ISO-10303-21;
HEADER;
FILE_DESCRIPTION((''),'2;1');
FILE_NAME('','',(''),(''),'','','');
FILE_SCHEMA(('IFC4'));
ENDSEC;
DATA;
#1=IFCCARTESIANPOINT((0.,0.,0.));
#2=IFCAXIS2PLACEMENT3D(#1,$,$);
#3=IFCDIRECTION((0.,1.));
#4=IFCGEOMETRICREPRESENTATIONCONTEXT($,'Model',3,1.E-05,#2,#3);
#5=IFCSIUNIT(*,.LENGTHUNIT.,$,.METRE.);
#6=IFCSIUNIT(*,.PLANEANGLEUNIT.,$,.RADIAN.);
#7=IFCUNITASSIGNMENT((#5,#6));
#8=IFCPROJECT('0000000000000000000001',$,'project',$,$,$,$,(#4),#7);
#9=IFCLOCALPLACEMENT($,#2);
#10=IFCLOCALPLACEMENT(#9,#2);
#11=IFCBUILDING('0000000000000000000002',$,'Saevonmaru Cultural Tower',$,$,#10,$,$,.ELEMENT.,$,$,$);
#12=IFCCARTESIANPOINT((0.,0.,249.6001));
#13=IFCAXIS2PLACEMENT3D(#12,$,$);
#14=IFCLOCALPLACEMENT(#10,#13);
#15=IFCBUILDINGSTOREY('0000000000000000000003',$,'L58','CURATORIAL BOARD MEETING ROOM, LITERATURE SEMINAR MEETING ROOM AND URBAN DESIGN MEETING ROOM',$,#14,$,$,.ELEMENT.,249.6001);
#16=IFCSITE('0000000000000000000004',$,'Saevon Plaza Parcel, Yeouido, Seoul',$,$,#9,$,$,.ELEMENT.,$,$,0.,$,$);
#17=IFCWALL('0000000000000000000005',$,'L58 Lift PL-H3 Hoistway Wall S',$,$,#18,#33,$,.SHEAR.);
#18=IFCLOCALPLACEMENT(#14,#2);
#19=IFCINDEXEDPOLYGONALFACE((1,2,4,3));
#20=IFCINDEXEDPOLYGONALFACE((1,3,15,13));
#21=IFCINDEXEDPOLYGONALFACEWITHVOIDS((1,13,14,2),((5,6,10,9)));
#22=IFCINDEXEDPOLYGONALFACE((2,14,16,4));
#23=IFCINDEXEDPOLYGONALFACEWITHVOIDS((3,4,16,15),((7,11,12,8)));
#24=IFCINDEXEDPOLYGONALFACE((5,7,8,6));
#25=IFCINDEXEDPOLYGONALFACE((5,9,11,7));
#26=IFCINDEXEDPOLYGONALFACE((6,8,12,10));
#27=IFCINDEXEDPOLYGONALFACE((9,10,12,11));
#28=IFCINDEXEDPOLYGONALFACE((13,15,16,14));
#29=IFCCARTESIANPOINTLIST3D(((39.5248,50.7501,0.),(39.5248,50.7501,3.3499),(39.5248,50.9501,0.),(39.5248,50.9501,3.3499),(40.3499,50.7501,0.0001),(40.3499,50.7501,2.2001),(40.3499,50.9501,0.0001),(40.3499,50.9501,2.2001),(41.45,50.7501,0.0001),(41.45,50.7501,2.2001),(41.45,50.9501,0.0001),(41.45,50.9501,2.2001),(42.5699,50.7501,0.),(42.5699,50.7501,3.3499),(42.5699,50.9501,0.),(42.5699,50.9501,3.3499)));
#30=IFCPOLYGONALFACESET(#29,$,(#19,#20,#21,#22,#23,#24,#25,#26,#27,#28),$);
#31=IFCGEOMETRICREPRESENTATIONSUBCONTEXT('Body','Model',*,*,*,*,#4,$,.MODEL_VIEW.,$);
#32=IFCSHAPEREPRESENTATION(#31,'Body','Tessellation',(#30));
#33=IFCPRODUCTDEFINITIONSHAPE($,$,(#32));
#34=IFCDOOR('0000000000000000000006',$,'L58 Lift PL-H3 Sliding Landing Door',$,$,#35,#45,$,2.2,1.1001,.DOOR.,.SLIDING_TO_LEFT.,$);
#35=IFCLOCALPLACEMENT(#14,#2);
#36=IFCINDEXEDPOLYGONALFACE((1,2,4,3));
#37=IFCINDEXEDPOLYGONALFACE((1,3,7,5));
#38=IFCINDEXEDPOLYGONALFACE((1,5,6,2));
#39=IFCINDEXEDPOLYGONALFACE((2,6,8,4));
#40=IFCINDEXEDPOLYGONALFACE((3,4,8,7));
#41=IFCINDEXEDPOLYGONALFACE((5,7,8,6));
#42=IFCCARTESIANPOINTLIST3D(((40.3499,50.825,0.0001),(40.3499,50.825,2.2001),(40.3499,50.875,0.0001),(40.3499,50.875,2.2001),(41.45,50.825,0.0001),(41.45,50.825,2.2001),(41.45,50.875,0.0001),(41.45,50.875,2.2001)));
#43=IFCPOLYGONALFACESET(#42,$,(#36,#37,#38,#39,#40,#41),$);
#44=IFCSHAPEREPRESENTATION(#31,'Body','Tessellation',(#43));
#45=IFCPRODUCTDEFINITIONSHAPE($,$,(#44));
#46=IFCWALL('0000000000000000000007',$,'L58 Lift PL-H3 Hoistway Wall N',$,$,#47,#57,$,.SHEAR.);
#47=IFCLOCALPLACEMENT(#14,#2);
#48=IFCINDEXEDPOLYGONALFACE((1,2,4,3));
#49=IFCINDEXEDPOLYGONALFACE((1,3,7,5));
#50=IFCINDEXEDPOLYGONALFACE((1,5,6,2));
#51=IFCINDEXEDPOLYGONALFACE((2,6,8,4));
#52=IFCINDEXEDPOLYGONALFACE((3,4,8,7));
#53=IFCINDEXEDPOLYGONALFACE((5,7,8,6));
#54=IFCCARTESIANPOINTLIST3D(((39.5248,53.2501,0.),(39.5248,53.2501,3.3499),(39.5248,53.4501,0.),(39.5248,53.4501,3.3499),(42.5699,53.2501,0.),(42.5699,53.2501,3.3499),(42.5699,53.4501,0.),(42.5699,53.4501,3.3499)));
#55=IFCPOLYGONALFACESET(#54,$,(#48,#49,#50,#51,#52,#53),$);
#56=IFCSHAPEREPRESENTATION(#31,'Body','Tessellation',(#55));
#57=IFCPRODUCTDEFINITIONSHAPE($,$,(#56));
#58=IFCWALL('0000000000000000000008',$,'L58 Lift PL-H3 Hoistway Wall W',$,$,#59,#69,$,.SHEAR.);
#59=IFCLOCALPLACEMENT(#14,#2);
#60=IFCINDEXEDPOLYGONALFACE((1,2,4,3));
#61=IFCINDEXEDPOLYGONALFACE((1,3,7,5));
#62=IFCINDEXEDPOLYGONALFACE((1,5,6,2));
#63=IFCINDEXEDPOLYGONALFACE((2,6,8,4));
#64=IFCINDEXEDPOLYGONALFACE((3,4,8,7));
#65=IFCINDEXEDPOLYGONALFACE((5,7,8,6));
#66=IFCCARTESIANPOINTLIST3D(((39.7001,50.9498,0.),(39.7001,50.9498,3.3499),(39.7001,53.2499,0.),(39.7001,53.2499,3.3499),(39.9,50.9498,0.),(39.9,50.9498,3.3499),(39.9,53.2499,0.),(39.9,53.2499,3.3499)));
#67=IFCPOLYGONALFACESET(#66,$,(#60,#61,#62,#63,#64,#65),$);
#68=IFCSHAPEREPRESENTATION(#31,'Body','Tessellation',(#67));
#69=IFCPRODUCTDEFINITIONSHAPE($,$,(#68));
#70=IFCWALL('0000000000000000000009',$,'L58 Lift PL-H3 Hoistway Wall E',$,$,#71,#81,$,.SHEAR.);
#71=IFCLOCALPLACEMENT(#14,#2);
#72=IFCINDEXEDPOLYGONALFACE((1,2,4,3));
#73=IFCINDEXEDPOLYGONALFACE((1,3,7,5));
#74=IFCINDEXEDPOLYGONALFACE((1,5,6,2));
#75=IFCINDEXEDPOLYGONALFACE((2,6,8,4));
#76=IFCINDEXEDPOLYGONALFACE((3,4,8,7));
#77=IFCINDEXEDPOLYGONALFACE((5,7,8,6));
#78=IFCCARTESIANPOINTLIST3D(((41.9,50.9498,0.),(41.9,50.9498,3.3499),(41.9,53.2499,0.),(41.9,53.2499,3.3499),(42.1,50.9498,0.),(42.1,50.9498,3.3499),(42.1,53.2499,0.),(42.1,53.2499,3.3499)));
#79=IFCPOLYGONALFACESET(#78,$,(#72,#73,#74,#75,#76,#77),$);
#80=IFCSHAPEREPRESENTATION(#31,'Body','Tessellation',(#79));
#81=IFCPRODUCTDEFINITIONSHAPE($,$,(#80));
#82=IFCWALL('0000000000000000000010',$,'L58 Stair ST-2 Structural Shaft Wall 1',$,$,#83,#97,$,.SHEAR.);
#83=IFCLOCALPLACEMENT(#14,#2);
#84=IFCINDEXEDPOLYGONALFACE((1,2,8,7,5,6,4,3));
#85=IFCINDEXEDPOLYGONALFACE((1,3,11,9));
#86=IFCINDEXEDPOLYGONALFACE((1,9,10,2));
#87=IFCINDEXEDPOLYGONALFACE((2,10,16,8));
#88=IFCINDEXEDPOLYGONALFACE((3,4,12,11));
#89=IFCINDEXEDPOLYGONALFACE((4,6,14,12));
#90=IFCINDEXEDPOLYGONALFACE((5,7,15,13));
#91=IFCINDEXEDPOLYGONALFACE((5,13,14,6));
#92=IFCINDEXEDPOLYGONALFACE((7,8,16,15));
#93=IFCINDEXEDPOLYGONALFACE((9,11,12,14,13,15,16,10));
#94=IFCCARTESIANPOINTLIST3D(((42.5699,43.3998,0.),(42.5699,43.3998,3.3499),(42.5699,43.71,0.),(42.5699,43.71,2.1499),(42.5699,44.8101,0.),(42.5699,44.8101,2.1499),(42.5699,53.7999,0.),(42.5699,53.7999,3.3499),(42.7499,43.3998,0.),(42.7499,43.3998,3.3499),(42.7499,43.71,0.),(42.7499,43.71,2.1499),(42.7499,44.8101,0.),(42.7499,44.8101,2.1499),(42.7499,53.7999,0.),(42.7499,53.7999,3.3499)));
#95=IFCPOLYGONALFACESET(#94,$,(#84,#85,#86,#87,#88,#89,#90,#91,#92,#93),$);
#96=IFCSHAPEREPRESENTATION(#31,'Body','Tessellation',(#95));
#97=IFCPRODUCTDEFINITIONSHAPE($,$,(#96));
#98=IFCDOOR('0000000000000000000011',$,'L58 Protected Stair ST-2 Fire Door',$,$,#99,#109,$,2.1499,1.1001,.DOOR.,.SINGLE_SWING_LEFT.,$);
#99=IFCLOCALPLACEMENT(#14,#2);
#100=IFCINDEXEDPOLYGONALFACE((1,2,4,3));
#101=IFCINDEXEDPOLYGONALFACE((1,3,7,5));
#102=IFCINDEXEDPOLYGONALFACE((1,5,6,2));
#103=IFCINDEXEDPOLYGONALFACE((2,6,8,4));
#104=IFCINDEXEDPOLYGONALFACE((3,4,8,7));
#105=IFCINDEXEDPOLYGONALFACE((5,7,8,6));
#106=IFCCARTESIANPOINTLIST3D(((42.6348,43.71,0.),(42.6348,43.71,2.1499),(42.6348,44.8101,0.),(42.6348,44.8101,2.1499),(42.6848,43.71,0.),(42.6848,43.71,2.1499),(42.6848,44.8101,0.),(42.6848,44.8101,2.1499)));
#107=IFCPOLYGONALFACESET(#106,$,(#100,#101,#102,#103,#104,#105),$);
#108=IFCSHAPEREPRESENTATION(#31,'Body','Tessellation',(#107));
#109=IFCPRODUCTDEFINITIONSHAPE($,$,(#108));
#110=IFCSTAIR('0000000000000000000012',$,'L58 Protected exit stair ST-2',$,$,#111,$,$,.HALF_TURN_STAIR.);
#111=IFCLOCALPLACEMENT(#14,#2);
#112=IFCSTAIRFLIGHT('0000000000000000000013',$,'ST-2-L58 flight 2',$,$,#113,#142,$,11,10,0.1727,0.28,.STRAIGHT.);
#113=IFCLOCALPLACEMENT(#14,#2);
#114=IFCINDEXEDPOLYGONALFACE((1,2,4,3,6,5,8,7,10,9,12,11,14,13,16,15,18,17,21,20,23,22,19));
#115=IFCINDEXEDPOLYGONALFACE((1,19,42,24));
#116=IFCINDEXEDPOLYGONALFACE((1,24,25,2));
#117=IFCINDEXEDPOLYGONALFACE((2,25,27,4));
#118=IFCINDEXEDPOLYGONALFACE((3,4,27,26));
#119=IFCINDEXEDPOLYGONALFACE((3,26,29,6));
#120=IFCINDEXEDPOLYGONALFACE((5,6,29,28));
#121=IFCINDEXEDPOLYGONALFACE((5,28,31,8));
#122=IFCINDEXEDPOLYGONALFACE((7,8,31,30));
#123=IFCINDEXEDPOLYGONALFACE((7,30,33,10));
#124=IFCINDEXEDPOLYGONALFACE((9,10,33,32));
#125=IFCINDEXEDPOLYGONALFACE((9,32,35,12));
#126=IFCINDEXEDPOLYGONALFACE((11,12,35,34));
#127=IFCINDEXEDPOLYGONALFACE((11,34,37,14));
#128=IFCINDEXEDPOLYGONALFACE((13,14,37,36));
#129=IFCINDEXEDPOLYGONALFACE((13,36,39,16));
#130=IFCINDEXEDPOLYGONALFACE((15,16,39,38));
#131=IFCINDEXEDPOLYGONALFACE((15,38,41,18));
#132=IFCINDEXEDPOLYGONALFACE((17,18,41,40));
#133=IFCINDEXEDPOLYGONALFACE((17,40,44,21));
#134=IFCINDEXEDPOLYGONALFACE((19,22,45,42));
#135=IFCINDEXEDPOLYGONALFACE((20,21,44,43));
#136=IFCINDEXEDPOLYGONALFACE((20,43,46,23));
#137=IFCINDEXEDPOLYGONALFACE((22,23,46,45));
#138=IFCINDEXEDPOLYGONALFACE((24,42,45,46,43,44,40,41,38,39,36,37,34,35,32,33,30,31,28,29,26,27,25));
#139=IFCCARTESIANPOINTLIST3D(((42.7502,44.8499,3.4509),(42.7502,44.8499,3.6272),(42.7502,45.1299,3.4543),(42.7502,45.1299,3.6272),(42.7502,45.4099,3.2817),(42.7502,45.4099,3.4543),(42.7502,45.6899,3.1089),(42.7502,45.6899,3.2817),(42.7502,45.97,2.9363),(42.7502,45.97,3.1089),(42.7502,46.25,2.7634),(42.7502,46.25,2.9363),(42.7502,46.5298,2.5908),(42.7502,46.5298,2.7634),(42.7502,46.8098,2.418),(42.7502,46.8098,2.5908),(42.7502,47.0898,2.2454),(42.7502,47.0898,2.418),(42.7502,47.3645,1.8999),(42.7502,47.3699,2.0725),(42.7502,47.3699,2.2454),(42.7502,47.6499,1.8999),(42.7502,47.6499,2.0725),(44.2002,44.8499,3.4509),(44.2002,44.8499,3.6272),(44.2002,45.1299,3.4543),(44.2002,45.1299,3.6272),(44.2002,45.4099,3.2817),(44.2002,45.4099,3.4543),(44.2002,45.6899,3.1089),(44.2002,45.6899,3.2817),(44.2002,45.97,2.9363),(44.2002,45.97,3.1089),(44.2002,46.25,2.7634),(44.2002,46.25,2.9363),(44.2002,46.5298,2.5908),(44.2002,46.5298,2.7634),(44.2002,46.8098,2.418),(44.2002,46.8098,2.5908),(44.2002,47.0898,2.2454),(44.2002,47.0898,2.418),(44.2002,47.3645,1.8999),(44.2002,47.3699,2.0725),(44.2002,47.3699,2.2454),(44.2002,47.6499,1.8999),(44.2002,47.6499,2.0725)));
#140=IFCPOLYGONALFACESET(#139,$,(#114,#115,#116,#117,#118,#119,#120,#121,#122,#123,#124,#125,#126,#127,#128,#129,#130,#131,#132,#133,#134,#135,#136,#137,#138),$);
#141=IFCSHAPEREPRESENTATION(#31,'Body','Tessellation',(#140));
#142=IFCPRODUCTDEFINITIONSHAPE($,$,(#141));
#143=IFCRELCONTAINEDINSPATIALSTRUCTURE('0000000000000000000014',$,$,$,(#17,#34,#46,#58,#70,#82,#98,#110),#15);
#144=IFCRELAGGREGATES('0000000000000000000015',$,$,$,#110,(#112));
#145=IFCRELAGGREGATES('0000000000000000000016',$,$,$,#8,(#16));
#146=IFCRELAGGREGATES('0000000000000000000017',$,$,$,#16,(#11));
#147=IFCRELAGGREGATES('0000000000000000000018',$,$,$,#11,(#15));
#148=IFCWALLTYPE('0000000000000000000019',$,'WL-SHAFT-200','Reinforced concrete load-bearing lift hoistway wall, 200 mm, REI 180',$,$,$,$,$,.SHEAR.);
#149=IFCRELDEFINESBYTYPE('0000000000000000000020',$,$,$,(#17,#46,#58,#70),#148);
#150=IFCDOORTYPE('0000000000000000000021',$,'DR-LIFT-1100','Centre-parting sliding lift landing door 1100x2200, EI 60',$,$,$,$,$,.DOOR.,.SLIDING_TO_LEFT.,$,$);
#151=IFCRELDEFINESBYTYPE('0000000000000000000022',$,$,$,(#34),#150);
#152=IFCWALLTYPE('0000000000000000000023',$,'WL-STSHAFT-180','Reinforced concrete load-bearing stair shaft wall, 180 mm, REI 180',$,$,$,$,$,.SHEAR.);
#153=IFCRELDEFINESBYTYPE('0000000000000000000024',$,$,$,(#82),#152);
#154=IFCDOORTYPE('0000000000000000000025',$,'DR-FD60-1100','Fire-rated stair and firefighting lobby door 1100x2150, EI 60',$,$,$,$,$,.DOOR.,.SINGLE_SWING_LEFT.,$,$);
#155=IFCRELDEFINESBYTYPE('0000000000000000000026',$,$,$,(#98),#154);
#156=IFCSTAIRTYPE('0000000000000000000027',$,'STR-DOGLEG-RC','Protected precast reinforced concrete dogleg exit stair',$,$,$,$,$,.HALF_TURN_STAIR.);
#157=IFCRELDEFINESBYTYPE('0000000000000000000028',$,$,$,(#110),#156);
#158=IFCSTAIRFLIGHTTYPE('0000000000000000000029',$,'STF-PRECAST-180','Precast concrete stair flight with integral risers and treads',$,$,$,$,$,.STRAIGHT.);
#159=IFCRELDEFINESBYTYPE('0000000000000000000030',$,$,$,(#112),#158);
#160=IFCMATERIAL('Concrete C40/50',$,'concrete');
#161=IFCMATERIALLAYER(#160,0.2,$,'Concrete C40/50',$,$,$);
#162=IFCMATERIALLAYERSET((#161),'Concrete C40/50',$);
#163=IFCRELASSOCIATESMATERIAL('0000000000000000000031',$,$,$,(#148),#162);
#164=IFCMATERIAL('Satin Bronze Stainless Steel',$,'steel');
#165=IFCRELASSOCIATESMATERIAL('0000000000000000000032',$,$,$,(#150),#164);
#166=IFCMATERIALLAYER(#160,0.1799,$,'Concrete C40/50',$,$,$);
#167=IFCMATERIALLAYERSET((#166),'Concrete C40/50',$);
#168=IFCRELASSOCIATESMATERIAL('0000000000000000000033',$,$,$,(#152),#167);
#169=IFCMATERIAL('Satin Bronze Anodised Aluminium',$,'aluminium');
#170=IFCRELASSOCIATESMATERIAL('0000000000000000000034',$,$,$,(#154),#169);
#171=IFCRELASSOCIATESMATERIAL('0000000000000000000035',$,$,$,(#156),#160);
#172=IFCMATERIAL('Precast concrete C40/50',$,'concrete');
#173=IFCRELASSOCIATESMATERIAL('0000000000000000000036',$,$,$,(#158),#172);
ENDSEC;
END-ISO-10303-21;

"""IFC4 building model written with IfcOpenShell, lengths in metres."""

from ifc_helpers import new_model, si_unit, direction, frame, frame_2d, origin, place, context, subcontext, project, spatial, polyline, rectangle, outline, extrude, material, layer, layer_set, type_object, element, fill, aggregate, save


model = new_model("IFC4")

# Units and contexts
model_context = context("Model", 3, precision=1e-05, world=origin(), true_north=direction((0.0, 1.0)))
body_context = subcontext(model_context, "Body", "Model", "MODEL_VIEW")
ifc_project = project(units=[si_unit("LENGTHUNIT", "METRE"), si_unit("PLANEANGLEUNIT", "RADIAN")], contexts=[model_context])

# Site, building, storey
site_placement = place(None, origin())
site = spatial("IfcSite", under=ifc_project, at=site_placement, Name="Saevon Plaza Parcel, Yeouido, Seoul", CompositionType="ELEMENT", RefElevation=0.0)
building_placement = place(site_placement, origin())
building = spatial("IfcBuilding", under=site, at=building_placement, Name="Saevonmaru Cultural Tower", CompositionType="ELEMENT")
storey_placement = place(building_placement, frame((0.0, 0.0, 249.6001)))
storey = spatial("IfcBuildingStorey", under=building, at=storey_placement, Name="L58", Description="CURATORIAL BOARD MEETING ROOM, LITERATURE SEMINAR MEETING ROOM AND URBAN DESIGN MEETING ROOM", CompositionType="ELEMENT", Elevation=249.6001)

# Shared definitions
ifc_material_1 = material(Name="Satin Bronze Anodised Aluminium", Category="aluminium")

# Shared definitions
ifc_material_2 = material(Name="Concrete C40/50", Category="concrete")
ifc_layer_1 = layer(ifc_material_2, 0.2, Name="Concrete C40/50")
ifc_layer_set_1 = layer_set([ifc_layer_1], Name="Concrete C40/50")
wall_type_1 = type_object("IfcWallType", Name="WL-SHAFT-200", Description="Reinforced concrete load-bearing lift hoistway wall, 200 mm, REI 180", PredefinedType="SHEAR", material=ifc_layer_set_1)

# Shared definitions
ifc_material_3 = material(Name="Satin Bronze Stainless Steel", Category="steel")
door_type_1 = type_object("IfcDoorType", Name="DR-LIFT-1100", Description="Centre-parting sliding lift landing door 1100x2200, EI 60", OperationType="SLIDING_TO_LEFT", PredefinedType="DOOR", material=ifc_material_3)

# Wall, opening, door
wall_1_placement = place(storey_placement, frame((39.5249, 50.8501, 0.0), z_axis=(0.0, 0.0, 1.0), x_axis=(1.0, 0.0, 0.0)))
wall_1 = element("IfcWall", 1, at=wall_1_placement, inside=storey, type_object=wall_type_1, Name="L58 Lift PL-H3 Hoistway Wall S", PredefinedType="SHEAR", context=body_context, shape_type="SweptSolid", body=[
    extrude(rectangle(XDim=3.0452, YDim=0.2, at=frame_2d((1.5225, 0.0))), origin(), (0.0, 0.0, 1.0), 3.3499),
])
opening_1_placement = place(wall_1_placement, frame((0.825, 0.0, 0.0)))
opening_1 = element("IfcOpeningElement", 2, at=opening_1_placement, cuts=wall_1, PredefinedType="OPENING", context=body_context, shape_type="SweptSolid", body=[
    extrude(rectangle(XDim=1.1001, YDim=2.2, at=frame_2d((0.55, 1.1001))), frame((0.0, 0.1099, 0.0), z_axis=(0.0, -1.0, 0.0), x_axis=(1.0, 0.0, 0.0)), (0.0, 0.0, 1.0), 0.22),
])
door_1_placement = place(opening_1_placement, origin())
door_1 = element("IfcDoor", 3, at=door_1_placement, inside=storey, type_object=door_type_1, Name="L58 Lift PL-H3 Sliding Landing Door", OperationType="SLIDING_TO_LEFT", OverallHeight=2.2, OverallWidth=1.1001, PredefinedType="DOOR", context=body_context, shape_type="SweptSolid", body=[
    extrude(rectangle(XDim=1.1001, YDim=2.2, at=frame_2d((0.55, 1.1001))), frame((0.0, 0.0249, 0.0), z_axis=(0.0, -1.0, 0.0), x_axis=(1.0, 0.0, 0.0)), (0.0, 0.0, 1.0), 0.05),
])
fill(opening_1, door_1)

# Walls
wall_2_placement = place(storey_placement, frame((39.5249, 53.3501, 0.0), z_axis=(0.0, 0.0, 1.0), x_axis=(1.0, 0.0, 0.0)))
element("IfcWall", 4, at=wall_2_placement, inside=storey, type_object=wall_type_1, Name="L58 Lift PL-H3 Hoistway Wall N", PredefinedType="SHEAR", context=body_context, shape_type="SweptSolid", body=[
    extrude(rectangle(XDim=3.0452, YDim=0.2, at=frame_2d((1.5225, 0.0))), origin(), (0.0, 0.0, 1.0), 3.3499),
])
for number, where, z_axis, x_axis, name in (
    (5, (39.8, 50.95, 0.0), (0.0, 0.0, 1.0), (0.0, 1.0, 0.0), "L58 Lift PL-H3 Hoistway Wall W"),
    (6, (42.0, 50.95, 0.0), (0.0, 0.0, 1.0), (0.0, 1.0, 0.0), "L58 Lift PL-H3 Hoistway Wall E"),
):
    element("IfcWall", number, at=place(storey_placement, frame(where, z_axis=z_axis, x_axis=x_axis)), inside=storey, type_object=wall_type_1, Name=name, PredefinedType="SHEAR", context=body_context, shape_type="SweptSolid", body=[
        extrude(rectangle(XDim=2.3, YDim=0.2, at=frame_2d((1.1499, 0.0))), origin(), (0.0, 0.0, 1.0), 3.3499),
    ])

# Wall, opening, door
ifc_layer_2 = layer(ifc_material_2, 0.1799, Name="Concrete C40/50")
ifc_layer_set_2 = layer_set([ifc_layer_2], Name="Concrete C40/50")
wall_type_2 = type_object("IfcWallType", Name="WL-STSHAFT-180", Description="Reinforced concrete load-bearing stair shaft wall, 180 mm, REI 180", PredefinedType="SHEAR", material=ifc_layer_set_2)
wall_3_placement = place(storey_placement, frame((42.6599, 53.8, 0.0), z_axis=(0.0, 0.0, 1.0), x_axis=(0.0, -1.0, 0.0)))
wall_3 = element("IfcWall", 7, at=wall_3_placement, inside=storey, type_object=wall_type_2, Name="L58 Stair ST-2 Structural Shaft Wall 1", PredefinedType="SHEAR", context=body_context, shape_type="SweptSolid", body=[
    extrude(rectangle(XDim=10.4001, YDim=0.1799, at=frame_2d((5.2002, 0.0))), origin(), (0.0, 0.0, 1.0), 3.3499),
])
opening_2_placement = place(wall_3_placement, frame((8.99, 0.0, 0.0)))
opening_2 = element("IfcOpeningElement", 8, at=opening_2_placement, cuts=wall_3, PredefinedType="OPENING", context=body_context, shape_type="SweptSolid", body=[
    extrude(rectangle(XDim=1.1001, YDim=2.1499, at=frame_2d((0.55, 1.075))), frame((0.0, 0.1001, 0.0), z_axis=(0.0, -1.0, 0.0), x_axis=(1.0, 0.0, 0.0)), (0.0, 0.0, 1.0), 0.2),
])
door_type_2 = type_object("IfcDoorType", Name="DR-FD60-1100", Description="Fire-rated stair and firefighting lobby door 1100x2150, EI 60", OperationType="SINGLE_SWING_LEFT", PredefinedType="DOOR", material=ifc_material_1)
door_2_placement = place(opening_2_placement, origin())
door_2 = element("IfcDoor", 9, at=door_2_placement, inside=storey, type_object=door_type_2, Name="L58 Protected Stair ST-2 Fire Door", OperationType="SINGLE_SWING_LEFT", OverallHeight=2.1499, OverallWidth=1.1001, PredefinedType="DOOR", context=body_context, shape_type="SweptSolid", body=[
    extrude(rectangle(XDim=1.1001, YDim=2.1499, at=frame_2d((0.55, 1.075))), frame((0.0, 0.0249, 0.0), z_axis=(0.0, -1.0, 0.0), x_axis=(1.0, 0.0, 0.0)), (0.0, 0.0, 1.0), 0.05),
])
fill(opening_2, door_2)

# Stair, stair flight
stair_type = type_object("IfcStairType", Name="STR-DOGLEG-RC", Description="Protected precast reinforced concrete dogleg exit stair", PredefinedType="HALF_TURN_STAIR", material=ifc_material_2)
stair_placement = place(storey_placement, origin())
stair = element("IfcStair", 10, at=stair_placement, inside=storey, type_object=stair_type, Name="L58 Protected exit stair ST-2", PredefinedType="HALF_TURN_STAIR")
ifc_material_4 = material(Name="Precast concrete C40/50", Category="concrete")
stair_flight_type = type_object("IfcStairFlightType", Name="STF-PRECAST-180", Description="Precast concrete stair flight with integral risers and treads", PredefinedType="STRAIGHT", material=ifc_material_4)
stair_flight_placement = place(storey_placement, frame((43.4751, 47.6499, 1.8999), z_axis=(0.0, 0.0, 1.0), x_axis=(0.0, -1.0, 0.0)))
stair_flight = element("IfcStairFlight", 11, at=stair_flight_placement, type_object=stair_flight_type, Name="ST-2-L58 flight 2", NumberOfRisers=11, NumberOfTreads=10, PredefinedType="STRAIGHT", RiserHeight=0.1727, TreadLength=0.28, context=body_context, shape_type="SweptSolid", body=[
    extrude(outline(polyline([(0.0, 0.0), (0.0, 0.1726), (0.28, 0.1726), (0.28, 0.3455), (0.5601, 0.3455), (0.5601, 0.5181), (0.8401, 0.5181), (0.8401, 0.6909), (1.1201, 0.6909), (1.1201, 0.8635), (1.3999, 0.8635), (1.3999, 1.0364), (1.6799, 1.0364), (1.6799, 1.209), (1.96, 1.209), (1.96, 1.3818), (2.24, 1.3818), (2.24, 1.5544), (2.52, 1.5544), (2.52, 1.7273), (2.8, 1.7273), (2.8, 1.8999), (2.8, 1.551), (0.2854, 0.0), (0.0, 0.0)])), frame((0.0, 0.7251, 0.0), z_axis=(0.0, -1.0, 0.0), x_axis=(1.0, 0.0, 0.0)), (0.0, 0.0, 1.0), 1.45),
])
aggregate(stair, [stair_flight])

save(model, "model.ifc")
